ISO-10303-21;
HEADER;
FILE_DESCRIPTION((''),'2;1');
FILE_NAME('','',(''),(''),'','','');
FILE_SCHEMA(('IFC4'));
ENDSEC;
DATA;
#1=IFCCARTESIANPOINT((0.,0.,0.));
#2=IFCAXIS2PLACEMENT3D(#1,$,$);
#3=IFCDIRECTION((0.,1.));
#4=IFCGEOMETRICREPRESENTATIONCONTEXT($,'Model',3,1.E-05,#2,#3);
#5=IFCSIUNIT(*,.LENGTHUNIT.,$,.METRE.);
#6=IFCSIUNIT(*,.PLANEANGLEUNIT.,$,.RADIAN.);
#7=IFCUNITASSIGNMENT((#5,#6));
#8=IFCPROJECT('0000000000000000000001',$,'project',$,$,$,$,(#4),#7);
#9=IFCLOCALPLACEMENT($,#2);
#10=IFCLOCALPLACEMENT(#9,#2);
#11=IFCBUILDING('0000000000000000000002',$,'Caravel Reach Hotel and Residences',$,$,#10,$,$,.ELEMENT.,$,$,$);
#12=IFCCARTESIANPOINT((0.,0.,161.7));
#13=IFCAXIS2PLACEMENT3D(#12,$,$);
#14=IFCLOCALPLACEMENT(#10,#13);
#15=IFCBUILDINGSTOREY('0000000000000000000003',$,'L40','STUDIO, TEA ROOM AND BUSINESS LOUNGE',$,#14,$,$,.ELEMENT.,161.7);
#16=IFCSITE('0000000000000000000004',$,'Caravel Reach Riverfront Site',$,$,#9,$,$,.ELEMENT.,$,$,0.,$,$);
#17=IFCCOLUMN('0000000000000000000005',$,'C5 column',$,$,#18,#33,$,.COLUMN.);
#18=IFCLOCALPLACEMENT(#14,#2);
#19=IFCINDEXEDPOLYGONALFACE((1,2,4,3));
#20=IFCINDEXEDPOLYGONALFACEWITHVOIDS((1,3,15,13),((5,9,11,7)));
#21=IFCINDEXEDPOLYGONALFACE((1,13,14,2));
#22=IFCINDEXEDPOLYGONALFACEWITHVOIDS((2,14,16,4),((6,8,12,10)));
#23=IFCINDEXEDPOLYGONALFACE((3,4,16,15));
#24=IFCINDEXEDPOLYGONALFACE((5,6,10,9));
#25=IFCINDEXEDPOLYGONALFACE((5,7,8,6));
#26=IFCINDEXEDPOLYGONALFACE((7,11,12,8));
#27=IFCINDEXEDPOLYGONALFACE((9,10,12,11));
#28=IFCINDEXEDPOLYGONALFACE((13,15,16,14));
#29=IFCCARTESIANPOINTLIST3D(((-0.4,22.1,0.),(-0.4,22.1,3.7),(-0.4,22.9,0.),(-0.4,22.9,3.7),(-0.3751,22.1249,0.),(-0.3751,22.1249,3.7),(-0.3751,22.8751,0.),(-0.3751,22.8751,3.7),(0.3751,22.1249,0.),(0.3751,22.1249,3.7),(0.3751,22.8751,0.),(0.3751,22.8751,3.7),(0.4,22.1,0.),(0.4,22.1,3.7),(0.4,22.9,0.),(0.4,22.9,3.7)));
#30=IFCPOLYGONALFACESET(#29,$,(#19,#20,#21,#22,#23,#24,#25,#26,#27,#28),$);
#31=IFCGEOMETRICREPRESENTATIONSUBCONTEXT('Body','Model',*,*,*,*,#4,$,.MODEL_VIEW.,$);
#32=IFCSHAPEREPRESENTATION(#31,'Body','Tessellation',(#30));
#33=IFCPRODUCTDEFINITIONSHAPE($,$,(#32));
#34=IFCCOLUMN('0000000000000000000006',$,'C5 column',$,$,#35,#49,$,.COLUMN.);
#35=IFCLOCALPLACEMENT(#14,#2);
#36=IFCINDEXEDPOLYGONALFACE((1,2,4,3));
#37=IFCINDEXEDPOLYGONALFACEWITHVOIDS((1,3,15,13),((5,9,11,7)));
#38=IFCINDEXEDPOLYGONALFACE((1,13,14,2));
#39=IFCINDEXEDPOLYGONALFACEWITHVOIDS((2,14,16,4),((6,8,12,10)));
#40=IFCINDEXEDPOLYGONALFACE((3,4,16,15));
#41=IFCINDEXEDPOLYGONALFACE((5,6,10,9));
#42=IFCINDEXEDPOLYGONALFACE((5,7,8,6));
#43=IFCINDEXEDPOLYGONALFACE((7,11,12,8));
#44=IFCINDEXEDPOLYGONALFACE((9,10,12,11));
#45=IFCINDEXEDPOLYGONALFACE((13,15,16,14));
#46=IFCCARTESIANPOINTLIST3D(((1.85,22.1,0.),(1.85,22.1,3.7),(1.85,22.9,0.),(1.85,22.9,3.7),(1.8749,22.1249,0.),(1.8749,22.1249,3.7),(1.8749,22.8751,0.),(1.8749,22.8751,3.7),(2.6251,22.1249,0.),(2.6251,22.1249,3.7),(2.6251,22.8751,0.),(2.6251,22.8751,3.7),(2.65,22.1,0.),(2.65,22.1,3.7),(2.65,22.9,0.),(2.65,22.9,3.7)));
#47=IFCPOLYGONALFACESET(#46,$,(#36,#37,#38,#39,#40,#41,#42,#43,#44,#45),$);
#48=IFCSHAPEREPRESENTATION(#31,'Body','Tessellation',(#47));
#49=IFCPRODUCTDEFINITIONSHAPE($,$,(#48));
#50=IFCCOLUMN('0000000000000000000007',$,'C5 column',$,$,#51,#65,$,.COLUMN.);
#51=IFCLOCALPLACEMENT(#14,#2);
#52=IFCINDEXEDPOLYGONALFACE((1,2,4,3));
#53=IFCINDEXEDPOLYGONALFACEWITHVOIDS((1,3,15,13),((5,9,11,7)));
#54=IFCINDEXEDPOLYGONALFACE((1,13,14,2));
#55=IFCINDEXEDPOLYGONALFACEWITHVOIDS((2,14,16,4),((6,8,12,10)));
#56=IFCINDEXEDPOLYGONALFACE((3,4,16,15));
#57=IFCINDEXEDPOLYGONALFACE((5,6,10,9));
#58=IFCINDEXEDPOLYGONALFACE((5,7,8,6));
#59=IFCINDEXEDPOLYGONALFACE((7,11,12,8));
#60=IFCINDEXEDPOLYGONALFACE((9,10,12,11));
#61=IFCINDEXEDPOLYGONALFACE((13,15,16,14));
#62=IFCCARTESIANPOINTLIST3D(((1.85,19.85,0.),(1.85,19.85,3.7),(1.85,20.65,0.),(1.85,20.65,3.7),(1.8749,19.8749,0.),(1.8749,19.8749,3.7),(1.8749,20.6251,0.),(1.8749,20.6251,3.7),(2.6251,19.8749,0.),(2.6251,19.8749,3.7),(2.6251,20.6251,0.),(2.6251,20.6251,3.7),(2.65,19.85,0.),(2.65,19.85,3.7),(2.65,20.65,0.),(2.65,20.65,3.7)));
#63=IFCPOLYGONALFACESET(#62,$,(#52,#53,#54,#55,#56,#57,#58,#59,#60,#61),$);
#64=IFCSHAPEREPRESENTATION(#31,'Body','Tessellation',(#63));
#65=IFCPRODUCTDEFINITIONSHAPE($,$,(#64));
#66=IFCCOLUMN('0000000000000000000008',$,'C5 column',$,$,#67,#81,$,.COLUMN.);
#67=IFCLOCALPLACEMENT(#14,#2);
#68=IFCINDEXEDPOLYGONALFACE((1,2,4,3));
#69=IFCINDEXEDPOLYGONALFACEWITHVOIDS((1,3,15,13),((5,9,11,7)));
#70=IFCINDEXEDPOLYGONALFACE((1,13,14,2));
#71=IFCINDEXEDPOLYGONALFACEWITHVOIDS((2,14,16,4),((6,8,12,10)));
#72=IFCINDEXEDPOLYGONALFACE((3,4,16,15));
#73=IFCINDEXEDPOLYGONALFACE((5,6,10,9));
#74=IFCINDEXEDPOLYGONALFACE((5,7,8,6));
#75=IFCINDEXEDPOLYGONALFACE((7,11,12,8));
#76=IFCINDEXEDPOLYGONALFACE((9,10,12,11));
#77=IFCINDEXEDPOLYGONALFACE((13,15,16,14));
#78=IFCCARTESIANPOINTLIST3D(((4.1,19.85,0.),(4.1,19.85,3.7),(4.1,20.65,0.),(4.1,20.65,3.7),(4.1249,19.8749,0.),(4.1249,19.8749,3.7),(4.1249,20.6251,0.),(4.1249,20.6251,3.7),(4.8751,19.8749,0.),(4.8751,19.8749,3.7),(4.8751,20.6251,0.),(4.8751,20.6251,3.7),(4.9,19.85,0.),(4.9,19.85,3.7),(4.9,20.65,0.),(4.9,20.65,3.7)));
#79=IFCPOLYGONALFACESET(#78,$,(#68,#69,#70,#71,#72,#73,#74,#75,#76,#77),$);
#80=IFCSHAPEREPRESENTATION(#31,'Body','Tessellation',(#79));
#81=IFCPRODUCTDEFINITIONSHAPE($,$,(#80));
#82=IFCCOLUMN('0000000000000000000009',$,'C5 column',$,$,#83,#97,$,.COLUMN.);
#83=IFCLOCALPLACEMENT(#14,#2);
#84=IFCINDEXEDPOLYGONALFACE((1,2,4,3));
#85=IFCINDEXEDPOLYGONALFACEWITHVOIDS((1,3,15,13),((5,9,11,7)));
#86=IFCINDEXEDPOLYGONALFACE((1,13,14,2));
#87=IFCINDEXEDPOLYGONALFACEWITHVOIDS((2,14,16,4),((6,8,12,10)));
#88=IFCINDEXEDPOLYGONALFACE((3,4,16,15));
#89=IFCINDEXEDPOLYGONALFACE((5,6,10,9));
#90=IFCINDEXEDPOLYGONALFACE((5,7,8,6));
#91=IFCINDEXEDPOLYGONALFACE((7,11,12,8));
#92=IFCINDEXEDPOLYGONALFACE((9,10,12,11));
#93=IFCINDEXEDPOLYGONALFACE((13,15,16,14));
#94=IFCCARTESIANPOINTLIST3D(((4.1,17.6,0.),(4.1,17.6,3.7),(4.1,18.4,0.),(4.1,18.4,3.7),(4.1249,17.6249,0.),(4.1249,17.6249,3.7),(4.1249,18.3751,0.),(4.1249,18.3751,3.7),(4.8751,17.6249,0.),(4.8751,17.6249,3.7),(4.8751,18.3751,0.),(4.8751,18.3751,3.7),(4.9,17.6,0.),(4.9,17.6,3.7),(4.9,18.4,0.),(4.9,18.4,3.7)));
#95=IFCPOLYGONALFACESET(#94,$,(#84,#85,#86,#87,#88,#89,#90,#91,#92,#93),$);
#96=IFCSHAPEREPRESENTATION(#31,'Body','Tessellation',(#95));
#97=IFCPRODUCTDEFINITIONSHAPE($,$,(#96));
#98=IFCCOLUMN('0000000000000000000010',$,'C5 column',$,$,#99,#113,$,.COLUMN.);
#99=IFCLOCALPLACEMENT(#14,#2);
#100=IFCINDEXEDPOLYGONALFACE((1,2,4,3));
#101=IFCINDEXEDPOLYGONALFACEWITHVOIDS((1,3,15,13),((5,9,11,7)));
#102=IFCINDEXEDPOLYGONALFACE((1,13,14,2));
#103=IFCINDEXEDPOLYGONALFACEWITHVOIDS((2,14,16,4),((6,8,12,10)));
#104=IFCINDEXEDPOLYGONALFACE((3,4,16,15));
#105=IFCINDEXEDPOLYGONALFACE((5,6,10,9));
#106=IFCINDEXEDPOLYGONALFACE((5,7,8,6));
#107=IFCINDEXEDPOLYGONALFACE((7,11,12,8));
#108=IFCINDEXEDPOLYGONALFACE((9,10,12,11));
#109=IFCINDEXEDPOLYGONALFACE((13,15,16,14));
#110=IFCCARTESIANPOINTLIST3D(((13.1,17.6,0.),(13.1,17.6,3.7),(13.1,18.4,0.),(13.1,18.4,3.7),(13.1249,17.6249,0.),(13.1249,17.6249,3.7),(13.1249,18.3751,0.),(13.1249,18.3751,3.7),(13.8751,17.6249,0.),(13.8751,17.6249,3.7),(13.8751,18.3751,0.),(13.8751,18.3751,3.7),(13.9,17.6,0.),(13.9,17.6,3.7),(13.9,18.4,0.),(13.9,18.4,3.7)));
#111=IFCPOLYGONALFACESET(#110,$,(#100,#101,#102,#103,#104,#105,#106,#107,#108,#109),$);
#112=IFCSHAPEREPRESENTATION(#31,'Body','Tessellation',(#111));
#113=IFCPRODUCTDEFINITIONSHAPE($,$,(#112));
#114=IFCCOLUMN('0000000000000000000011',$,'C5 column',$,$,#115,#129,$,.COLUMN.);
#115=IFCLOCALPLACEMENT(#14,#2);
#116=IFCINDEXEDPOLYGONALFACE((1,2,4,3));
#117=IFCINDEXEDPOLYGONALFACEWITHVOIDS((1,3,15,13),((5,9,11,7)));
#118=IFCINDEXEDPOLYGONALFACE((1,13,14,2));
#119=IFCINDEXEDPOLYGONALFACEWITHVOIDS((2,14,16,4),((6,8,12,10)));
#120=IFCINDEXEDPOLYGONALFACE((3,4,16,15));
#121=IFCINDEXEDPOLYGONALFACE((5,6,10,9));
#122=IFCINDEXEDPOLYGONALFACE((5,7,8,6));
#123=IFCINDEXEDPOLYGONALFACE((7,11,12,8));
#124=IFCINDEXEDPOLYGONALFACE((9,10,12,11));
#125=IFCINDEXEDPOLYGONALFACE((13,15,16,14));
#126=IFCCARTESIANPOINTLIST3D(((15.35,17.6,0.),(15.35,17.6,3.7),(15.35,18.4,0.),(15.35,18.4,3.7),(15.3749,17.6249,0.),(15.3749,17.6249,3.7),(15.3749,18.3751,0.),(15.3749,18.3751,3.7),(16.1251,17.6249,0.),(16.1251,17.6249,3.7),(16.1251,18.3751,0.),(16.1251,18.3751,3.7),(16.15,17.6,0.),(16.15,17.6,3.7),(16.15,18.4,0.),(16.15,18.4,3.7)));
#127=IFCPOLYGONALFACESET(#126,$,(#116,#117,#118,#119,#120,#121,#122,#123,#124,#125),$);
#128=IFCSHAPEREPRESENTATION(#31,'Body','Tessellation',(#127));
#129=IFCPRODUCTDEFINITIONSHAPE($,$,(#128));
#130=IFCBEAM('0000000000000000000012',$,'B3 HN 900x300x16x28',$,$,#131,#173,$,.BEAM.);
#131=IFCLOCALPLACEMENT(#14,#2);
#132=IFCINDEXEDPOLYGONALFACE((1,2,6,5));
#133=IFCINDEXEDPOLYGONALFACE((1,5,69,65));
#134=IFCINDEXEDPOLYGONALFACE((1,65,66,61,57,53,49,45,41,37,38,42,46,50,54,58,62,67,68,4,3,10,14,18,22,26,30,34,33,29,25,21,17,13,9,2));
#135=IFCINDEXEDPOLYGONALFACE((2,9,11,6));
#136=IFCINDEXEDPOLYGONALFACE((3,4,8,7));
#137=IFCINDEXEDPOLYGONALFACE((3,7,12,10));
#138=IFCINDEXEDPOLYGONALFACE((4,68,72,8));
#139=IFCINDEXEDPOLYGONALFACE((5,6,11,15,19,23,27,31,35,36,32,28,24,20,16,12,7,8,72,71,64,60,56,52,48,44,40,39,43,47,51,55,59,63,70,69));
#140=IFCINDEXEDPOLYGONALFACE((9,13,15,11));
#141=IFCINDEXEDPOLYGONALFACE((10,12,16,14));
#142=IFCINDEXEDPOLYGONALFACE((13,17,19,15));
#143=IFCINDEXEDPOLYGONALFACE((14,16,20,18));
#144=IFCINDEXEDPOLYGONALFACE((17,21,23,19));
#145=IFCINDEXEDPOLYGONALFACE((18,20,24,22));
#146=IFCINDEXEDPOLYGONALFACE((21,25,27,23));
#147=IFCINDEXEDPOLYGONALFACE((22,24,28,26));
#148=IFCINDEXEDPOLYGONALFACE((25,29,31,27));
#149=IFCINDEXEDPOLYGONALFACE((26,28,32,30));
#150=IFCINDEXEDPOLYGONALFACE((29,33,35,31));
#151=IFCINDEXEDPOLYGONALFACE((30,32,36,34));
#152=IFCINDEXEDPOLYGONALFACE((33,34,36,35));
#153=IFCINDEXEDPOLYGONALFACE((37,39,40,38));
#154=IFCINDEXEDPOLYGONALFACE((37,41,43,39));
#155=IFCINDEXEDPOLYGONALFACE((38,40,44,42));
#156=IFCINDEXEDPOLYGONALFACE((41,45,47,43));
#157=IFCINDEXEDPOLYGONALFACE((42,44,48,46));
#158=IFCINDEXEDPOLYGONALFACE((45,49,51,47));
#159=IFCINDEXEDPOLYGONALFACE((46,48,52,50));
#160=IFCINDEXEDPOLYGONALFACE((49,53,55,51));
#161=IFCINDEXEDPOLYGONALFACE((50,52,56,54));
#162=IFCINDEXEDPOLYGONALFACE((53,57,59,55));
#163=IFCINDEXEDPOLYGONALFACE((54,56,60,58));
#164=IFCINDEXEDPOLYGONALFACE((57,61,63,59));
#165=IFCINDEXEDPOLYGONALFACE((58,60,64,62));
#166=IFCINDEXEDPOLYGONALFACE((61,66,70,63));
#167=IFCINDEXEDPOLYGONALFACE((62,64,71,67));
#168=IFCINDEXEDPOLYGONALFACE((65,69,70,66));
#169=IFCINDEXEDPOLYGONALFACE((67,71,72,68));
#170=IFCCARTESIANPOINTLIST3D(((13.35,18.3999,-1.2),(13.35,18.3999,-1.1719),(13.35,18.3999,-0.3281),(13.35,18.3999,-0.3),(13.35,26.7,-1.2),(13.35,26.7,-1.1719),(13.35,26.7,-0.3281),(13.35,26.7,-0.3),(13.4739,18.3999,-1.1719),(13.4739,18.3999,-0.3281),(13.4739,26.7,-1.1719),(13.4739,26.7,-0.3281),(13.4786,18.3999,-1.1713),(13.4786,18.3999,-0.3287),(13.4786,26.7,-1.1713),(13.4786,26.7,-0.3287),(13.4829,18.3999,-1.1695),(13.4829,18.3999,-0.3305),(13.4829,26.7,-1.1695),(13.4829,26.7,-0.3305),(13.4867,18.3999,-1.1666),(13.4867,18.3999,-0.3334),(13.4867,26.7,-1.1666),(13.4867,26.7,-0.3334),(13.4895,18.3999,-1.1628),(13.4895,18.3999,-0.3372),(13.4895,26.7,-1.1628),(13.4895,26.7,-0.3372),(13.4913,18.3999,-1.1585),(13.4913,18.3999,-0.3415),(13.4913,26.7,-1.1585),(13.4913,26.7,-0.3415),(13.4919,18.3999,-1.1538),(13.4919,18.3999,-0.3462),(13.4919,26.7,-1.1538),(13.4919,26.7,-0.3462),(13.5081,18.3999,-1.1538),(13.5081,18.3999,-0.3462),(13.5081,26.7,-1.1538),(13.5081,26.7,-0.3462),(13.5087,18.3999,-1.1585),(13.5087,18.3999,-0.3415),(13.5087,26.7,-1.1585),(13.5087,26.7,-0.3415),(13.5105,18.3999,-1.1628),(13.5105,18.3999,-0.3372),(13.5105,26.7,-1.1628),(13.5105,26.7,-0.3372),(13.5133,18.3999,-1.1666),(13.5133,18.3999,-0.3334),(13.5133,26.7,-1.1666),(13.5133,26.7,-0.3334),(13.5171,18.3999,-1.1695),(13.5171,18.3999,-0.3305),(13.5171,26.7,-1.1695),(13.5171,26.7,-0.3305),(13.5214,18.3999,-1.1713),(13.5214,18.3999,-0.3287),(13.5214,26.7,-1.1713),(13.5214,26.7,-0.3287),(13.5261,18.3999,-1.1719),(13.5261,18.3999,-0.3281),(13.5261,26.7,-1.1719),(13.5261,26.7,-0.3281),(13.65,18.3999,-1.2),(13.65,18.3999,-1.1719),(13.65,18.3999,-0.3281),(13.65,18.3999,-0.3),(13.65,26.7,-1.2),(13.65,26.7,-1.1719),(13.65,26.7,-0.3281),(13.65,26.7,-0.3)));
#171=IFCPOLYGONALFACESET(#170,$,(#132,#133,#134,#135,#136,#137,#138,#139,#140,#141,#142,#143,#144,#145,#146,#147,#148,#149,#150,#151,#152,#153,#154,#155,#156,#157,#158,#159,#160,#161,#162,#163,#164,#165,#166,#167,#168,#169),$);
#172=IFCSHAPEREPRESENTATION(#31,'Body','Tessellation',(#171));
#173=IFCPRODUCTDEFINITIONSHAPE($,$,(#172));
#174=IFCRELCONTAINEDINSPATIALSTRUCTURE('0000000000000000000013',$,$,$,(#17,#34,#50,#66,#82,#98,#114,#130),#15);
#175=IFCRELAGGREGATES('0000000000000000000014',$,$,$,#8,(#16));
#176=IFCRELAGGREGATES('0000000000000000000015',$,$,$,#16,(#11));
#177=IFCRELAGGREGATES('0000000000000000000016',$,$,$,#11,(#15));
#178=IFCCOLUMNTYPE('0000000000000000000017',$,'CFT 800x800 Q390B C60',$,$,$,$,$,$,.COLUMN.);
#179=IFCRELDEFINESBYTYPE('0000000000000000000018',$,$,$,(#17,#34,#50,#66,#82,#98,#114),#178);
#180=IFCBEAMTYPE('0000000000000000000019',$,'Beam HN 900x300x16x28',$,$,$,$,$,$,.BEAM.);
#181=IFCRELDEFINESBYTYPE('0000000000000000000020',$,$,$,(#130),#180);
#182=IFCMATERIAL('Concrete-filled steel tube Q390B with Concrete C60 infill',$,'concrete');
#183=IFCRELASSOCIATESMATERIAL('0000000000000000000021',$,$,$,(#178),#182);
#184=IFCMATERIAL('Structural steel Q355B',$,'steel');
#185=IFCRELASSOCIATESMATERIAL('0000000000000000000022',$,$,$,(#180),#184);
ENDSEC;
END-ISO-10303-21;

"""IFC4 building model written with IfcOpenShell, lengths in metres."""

from ifc_helpers import new_model, si_unit, direction, frame, origin, origin_2d, place, context, subcontext, project, spatial, hollow_rectangle, i_section, extrude, material, material_profile, profile_set, type_object, element, save


model = new_model("IFC4")

# Units and contexts
model_context = context("Model", 3, precision=1e-05, world=origin(), true_north=direction((0.0, 1.0)))
body_context = subcontext(model_context, "Body", "Model", "MODEL_VIEW")
ifc_project = project(units=[si_unit("LENGTHUNIT", "METRE"), si_unit("PLANEANGLEUNIT", "RADIAN")], contexts=[model_context])

# Site, building, storey
site_placement = place(None, origin())
site = spatial("IfcSite", under=ifc_project, at=site_placement, Name="Caravel Reach Riverfront Site", CompositionType="ELEMENT", RefElevation=0.0)
building_placement = place(site_placement, origin())
building = spatial("IfcBuilding", under=site, at=building_placement, Name="Caravel Reach Hotel and Residences", CompositionType="ELEMENT")
storey_placement = place(building_placement, frame((0.0, 0.0, 161.7)))
storey = spatial("IfcBuildingStorey", under=building, at=storey_placement, Name="L40", Description="STUDIO, TEA ROOM AND BUSINESS LOUNGE", CompositionType="ELEMENT", Elevation=161.7)

# Columns
ifc_material_1 = material(Name="Concrete-filled steel tube Q390B with Concrete C60 infill", Category="concrete")
ifc_material_profile_1 = material_profile(ifc_material_1, hollow_rectangle(XDim=0.8, YDim=0.8, WallThickness=0.0249, at=origin_2d()), Name="RHS 800x800x25")
ifc_profile_set_1 = profile_set([ifc_material_profile_1], Name="Concrete-filled steel tube Q390B with Concrete C60 infill")
column_type = type_object("IfcColumnType", Name="CFT 800x800 Q390B C60", PredefinedType="COLUMN", material=ifc_profile_set_1)
for number, where, z_axis, x_axis, name in (
    (1, (0.0, 22.5, 0.0), (0.0, 0.0, 1.0), (1.0, 0.0, 0.0), "C5 column"),
    (2, (2.25, 22.5, 0.0), (0.0, 0.0, 1.0), (1.0, 0.0, 0.0), "C5 column"),
    (3, (2.25, 20.25, 0.0), (0.0, 0.0, 1.0), (1.0, 0.0, 0.0), "C5 column"),
    (4, (4.5, 20.25, 0.0), (0.0, 0.0, 1.0), (1.0, 0.0, 0.0), "C5 column"),
    (5, (4.5, 18.0, 0.0), (0.0, 0.0, 1.0), (1.0, 0.0, 0.0), "C5 column"),
    (6, (13.5, 18.0, 0.0), (0.0, 0.0, 1.0), (1.0, 0.0, 0.0), "C5 column"),
    (7, (15.75, 18.0, 0.0), (0.0, 0.0, 1.0), (1.0, 0.0, 0.0), "C5 column"),
):
    element("IfcColumn", number, at=place(storey_placement, frame(where, z_axis=z_axis, x_axis=x_axis)), inside=storey, type_object=column_type, Name=name, PredefinedType="COLUMN", context=body_context, shape_type="SweptSolid", body=[
        extrude(hollow_rectangle(XDim=0.8, YDim=0.8, WallThickness=0.0249, at=origin_2d()), origin(), (0.0, 0.0, 1.0), 3.7),
    ])

# Beam
ifc_material_2 = material(Name="Structural steel Q355B", Category="steel")
ifc_material_profile_2 = material_profile(ifc_material_2, i_section(OverallWidth=0.3, OverallDepth=0.8999, WebThickness=0.0161, FlangeThickness=0.0281, FilletRadius=0.0181, at=origin_2d()), Name="HN 900x300x16x28")
ifc_profile_set_2 = profile_set([ifc_material_profile_2], Name="Structural steel Q355B")
beam_type_1 = type_object("IfcBeamType", Name="Beam HN 900x300x16x28", PredefinedType="BEAM", material=ifc_profile_set_2)
beam_1_placement = place(storey_placement, frame((13.5, 18.3999, -0.75), z_axis=(0.0, 1.0, 0.0), x_axis=(-1.0, 0.0, 0.0)))
element("IfcBeam", 8, at=beam_1_placement, inside=storey, type_object=beam_type_1, Name="B3 HN 900x300x16x28", PredefinedType="BEAM", context=body_context, shape_type="SweptSolid", body=[
    extrude(i_section(OverallWidth=0.3, OverallDepth=0.8999, WebThickness=0.0161, FlangeThickness=0.0281, FilletRadius=0.0181, at=origin_2d()), origin(), (0.0, 0.0, 1.0), 8.3),
])

save(model, "model.ifc")
